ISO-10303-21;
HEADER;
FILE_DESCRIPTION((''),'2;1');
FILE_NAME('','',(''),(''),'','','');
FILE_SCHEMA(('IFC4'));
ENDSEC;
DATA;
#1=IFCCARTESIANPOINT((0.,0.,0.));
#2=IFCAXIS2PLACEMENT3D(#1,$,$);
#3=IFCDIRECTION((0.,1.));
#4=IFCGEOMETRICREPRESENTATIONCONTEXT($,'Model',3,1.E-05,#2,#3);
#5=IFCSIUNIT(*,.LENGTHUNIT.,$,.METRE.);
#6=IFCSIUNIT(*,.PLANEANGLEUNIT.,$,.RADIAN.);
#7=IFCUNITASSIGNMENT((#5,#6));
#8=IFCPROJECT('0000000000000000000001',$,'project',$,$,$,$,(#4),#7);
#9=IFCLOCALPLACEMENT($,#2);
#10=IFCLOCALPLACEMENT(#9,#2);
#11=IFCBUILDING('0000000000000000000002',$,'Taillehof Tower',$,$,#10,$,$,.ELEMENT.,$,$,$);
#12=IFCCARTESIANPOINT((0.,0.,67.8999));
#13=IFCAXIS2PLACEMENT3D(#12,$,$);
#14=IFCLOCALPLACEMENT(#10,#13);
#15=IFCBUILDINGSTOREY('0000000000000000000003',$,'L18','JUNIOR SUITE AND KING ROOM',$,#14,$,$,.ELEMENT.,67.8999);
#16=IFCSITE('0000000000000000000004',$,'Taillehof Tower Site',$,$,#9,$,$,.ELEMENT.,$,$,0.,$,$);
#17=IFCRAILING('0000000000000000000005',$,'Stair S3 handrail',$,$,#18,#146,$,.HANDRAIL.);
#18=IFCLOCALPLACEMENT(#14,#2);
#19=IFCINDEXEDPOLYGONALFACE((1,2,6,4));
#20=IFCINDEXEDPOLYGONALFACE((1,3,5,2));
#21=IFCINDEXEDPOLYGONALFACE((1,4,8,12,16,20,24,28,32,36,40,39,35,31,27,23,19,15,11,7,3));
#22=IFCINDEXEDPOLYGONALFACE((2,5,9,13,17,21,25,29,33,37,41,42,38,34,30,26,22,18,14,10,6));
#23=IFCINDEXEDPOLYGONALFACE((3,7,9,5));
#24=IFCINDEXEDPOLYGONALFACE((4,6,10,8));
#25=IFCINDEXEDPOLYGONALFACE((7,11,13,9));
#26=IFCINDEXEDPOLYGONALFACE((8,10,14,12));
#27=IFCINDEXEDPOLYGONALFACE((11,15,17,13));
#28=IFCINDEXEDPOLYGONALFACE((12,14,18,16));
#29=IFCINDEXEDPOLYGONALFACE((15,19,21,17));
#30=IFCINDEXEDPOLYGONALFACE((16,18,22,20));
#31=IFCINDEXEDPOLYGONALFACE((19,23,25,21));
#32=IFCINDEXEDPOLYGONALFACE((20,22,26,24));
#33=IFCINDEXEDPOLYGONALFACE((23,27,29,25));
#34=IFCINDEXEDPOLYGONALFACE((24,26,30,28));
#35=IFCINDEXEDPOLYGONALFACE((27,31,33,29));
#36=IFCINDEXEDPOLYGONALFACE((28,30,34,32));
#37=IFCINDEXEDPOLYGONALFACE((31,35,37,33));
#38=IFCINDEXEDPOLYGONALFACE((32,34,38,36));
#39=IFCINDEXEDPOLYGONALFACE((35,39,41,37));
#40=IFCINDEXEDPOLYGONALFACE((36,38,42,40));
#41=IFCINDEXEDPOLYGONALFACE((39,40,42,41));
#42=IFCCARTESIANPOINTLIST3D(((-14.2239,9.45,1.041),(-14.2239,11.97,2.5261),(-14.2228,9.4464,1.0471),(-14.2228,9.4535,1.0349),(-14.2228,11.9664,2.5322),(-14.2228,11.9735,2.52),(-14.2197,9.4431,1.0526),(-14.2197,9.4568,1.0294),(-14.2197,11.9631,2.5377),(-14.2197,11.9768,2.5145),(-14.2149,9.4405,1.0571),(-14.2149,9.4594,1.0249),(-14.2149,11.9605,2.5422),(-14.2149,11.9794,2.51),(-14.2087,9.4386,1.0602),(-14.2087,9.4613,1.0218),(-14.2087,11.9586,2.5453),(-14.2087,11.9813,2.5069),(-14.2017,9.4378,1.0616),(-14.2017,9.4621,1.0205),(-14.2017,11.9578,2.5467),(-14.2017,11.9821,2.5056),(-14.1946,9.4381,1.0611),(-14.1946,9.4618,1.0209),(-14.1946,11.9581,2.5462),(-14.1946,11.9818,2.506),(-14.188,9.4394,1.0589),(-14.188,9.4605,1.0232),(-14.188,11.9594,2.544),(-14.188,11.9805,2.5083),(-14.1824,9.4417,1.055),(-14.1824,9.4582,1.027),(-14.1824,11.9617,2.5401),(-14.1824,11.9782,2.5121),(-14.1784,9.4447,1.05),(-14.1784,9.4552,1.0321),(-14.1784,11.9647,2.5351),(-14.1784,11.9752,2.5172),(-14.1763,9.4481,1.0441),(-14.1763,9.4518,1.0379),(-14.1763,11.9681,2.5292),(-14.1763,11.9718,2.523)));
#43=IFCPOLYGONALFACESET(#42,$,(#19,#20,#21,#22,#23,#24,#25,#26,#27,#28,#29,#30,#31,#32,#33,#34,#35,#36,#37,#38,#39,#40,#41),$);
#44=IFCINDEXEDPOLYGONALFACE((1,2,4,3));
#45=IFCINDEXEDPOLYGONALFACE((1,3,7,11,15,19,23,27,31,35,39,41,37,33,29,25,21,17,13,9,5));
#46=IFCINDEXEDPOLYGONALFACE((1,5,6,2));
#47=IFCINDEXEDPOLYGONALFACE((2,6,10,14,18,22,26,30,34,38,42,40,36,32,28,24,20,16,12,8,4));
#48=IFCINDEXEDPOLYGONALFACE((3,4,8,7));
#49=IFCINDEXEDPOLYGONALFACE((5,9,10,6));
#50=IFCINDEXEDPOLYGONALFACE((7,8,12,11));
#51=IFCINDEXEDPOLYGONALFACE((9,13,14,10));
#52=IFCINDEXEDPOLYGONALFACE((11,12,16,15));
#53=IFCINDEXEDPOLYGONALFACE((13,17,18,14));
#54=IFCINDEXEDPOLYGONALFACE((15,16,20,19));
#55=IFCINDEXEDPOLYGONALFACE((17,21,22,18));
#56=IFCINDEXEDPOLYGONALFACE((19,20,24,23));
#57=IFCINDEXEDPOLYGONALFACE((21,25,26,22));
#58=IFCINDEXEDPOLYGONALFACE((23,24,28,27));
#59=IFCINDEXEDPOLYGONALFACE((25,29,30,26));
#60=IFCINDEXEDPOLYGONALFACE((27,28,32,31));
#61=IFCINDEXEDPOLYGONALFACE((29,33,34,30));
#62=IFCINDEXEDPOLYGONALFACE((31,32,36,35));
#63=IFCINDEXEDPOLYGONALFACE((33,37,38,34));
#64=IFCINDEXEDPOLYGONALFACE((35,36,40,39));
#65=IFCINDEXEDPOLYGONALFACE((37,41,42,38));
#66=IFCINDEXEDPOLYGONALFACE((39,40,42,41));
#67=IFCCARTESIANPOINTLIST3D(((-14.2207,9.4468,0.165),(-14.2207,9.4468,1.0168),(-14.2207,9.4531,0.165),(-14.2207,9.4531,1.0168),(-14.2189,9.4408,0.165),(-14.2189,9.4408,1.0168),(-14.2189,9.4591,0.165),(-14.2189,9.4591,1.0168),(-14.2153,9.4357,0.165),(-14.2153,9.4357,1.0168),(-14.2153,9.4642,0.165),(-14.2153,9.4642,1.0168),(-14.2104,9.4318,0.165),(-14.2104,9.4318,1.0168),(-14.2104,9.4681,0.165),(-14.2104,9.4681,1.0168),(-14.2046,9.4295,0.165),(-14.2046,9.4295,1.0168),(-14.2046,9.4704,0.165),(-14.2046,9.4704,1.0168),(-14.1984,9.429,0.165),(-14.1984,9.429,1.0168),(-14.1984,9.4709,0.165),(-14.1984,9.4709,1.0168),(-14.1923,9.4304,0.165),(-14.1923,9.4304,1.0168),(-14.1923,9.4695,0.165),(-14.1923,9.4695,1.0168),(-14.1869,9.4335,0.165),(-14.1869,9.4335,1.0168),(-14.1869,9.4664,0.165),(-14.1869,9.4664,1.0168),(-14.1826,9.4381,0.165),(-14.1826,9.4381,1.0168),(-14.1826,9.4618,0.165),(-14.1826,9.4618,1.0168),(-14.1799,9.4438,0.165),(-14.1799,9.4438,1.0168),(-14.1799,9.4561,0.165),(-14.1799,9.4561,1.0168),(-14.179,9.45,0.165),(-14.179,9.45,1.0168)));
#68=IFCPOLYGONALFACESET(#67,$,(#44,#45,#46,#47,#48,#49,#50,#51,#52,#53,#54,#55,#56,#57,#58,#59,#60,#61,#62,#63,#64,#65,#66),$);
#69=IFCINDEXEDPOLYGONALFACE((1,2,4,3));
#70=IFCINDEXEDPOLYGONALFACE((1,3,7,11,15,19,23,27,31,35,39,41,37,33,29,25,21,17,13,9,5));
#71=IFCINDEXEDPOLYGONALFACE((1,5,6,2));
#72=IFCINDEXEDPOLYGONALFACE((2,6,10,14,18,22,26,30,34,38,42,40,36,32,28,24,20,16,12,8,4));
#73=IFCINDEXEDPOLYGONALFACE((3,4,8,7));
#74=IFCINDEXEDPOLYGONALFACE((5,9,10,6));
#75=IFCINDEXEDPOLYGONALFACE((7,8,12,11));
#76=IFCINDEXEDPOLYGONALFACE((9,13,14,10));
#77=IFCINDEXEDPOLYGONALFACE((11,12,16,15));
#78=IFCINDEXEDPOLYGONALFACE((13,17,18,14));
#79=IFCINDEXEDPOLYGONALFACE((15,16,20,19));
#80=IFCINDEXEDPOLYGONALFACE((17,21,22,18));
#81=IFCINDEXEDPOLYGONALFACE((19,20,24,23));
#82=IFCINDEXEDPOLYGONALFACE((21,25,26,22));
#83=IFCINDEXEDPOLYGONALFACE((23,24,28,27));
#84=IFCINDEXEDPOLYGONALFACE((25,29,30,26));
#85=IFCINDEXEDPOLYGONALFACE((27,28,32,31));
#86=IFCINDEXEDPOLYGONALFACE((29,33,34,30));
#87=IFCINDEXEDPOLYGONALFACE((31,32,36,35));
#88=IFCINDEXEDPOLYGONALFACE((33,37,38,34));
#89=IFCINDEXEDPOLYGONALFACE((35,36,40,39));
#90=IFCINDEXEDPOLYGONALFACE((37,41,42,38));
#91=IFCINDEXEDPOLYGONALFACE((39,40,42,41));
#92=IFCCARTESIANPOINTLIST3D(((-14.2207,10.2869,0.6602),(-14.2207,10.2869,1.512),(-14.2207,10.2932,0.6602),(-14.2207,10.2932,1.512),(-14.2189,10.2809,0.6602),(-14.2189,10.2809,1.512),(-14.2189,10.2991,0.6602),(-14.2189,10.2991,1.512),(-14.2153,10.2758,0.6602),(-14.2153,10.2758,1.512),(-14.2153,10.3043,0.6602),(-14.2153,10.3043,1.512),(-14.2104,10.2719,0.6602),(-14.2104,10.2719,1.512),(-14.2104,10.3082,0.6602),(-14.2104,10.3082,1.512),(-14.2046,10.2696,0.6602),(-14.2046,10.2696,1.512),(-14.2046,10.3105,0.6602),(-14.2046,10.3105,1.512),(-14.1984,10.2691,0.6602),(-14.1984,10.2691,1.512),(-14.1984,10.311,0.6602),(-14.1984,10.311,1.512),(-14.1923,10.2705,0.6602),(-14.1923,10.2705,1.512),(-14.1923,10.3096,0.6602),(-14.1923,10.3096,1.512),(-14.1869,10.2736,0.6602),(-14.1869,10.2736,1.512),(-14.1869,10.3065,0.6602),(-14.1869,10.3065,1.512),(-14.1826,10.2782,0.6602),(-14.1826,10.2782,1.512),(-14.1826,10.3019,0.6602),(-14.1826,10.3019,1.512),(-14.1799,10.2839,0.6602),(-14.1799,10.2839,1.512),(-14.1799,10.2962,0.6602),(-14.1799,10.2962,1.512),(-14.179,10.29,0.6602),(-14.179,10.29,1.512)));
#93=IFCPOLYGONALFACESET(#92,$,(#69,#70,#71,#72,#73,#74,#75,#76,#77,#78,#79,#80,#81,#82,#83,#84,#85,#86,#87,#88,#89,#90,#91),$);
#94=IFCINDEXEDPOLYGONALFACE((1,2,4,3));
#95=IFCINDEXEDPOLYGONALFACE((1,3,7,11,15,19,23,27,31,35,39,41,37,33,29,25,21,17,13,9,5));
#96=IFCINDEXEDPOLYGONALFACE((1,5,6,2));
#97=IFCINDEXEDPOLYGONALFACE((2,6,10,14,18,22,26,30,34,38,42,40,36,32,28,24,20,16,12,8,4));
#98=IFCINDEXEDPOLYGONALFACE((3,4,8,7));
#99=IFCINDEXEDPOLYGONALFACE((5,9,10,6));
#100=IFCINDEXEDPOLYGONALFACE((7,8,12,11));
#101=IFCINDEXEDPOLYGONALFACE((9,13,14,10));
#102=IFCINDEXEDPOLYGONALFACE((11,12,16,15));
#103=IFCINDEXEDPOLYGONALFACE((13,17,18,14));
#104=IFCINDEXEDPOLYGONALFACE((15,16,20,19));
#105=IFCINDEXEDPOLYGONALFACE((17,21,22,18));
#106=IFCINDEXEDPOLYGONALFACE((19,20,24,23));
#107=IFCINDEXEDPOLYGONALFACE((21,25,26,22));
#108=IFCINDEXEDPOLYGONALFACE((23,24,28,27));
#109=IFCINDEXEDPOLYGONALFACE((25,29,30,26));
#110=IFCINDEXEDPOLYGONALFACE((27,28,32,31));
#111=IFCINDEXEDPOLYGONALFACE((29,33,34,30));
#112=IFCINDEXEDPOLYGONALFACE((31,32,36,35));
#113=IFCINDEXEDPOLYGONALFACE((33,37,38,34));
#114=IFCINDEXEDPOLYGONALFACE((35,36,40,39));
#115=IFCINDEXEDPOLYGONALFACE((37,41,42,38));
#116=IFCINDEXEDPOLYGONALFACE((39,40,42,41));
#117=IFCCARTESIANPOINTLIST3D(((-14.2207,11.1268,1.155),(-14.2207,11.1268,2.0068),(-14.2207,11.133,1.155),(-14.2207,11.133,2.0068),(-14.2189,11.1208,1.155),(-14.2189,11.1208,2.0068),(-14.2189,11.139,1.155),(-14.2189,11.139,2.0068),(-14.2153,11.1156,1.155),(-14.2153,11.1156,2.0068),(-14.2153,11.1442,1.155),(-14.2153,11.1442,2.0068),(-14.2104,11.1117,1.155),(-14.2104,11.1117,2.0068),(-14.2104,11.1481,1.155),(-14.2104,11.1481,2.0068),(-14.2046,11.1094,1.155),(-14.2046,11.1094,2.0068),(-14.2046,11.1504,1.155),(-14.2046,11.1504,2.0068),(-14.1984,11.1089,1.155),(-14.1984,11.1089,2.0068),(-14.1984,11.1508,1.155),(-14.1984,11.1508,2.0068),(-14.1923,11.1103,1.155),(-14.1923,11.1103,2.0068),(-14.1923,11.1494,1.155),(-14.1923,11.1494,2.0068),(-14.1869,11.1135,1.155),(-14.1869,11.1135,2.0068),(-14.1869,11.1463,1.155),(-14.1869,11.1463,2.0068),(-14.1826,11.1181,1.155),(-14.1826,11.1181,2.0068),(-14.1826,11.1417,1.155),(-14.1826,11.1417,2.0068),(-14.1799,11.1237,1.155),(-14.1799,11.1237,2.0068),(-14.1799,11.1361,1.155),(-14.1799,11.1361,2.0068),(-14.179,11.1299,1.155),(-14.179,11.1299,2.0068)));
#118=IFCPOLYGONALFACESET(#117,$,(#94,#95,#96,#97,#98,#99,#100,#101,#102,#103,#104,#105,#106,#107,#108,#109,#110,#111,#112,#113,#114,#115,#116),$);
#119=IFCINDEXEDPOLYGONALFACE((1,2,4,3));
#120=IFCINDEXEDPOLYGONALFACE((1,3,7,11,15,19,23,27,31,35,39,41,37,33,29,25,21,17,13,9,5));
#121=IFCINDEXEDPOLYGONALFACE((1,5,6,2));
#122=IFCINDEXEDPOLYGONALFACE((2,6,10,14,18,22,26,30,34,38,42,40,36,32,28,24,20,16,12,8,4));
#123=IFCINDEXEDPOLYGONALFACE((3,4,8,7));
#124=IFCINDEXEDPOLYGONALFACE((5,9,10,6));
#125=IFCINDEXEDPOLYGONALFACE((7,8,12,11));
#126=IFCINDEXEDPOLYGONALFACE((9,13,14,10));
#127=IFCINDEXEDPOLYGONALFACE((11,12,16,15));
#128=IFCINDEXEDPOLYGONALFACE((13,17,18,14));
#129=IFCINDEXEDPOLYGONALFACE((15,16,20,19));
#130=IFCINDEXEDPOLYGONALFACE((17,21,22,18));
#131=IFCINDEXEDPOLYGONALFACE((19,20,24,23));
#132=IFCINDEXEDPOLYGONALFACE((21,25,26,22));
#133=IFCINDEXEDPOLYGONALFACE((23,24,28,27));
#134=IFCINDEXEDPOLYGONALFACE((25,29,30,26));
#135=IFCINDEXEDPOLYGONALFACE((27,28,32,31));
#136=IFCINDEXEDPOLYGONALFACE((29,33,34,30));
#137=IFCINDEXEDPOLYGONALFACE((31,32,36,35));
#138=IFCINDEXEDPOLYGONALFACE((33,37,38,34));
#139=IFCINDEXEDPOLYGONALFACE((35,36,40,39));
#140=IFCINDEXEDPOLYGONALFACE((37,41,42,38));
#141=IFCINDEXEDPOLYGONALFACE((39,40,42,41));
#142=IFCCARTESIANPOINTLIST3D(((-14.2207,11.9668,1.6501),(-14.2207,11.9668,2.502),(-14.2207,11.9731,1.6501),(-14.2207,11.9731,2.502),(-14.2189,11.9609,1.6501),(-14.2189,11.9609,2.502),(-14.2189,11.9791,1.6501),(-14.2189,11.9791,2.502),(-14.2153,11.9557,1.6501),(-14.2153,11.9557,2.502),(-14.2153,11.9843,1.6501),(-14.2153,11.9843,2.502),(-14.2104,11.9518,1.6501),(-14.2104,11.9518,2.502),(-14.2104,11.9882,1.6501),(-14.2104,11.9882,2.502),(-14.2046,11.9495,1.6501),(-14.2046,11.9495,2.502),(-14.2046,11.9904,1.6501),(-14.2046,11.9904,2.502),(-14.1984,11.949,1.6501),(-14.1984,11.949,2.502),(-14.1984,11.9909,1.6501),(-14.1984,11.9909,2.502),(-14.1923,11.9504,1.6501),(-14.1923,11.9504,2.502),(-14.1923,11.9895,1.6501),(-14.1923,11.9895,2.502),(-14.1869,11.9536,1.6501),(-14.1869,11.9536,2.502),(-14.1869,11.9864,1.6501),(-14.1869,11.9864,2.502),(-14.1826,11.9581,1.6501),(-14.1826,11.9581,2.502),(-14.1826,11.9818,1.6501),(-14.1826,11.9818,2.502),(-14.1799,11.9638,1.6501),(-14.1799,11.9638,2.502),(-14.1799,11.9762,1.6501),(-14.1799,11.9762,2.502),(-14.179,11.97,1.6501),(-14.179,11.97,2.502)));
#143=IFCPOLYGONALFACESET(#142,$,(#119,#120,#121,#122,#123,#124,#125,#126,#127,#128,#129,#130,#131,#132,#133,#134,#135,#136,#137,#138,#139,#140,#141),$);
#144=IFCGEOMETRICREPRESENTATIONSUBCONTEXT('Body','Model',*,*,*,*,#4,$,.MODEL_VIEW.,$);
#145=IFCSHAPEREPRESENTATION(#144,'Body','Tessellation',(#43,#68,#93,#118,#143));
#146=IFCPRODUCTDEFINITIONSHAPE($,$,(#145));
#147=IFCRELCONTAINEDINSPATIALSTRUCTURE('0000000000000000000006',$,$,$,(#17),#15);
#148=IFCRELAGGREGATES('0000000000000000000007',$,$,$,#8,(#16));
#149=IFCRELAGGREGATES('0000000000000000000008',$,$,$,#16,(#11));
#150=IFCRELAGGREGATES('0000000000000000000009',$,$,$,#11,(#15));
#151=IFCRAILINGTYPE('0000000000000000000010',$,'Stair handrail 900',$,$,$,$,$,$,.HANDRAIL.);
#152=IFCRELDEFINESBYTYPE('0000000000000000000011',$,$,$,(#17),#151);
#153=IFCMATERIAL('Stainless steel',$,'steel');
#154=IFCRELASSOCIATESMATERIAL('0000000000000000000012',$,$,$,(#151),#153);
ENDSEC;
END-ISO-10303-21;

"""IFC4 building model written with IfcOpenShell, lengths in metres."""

from ifc_helpers import new_model, si_unit, direction, frame, origin, origin_2d, place, context, subcontext, project, spatial, circle, extrude, material, type_object, element, save


model = new_model("IFC4")

# Units and contexts
model_context = context("Model", 3, precision=1e-05, world=origin(), true_north=direction((0.0, 1.0)))
body_context = subcontext(model_context, "Body", "Model", "MODEL_VIEW")
ifc_project = project(units=[si_unit("LENGTHUNIT", "METRE"), si_unit("PLANEANGLEUNIT", "RADIAN")], contexts=[model_context])

# Site, building, storey
site_placement = place(None, origin())
site = spatial("IfcSite", under=ifc_project, at=site_placement, Name="Taillehof Tower Site", CompositionType="ELEMENT", RefElevation=0.0)
building_placement = place(site_placement, origin())
building = spatial("IfcBuilding", under=site, at=building_placement, Name="Taillehof Tower", CompositionType="ELEMENT")
storey_placement = place(building_placement, frame((0.0, 0.0, 67.8999)))
storey = spatial("IfcBuildingStorey", under=building, at=storey_placement, Name="L18", Description="JUNIOR SUITE AND KING ROOM", CompositionType="ELEMENT", Elevation=67.8999)

# Railing
ifc_material_1 = material(Name="Stainless steel", Category="steel")
railing_type = type_object("IfcRailingType", Name="Stair handrail 900", PredefinedType="HANDRAIL", material=ifc_material_1)
railing_1_placement = place(storey_placement, frame((-14.2, 9.45, 0.165)))
element("IfcRailing", 1, at=railing_1_placement, inside=storey, type_object=railing_type, Name="Stair S3 handrail", PredefinedType="HANDRAIL", context=body_context, shape_type="SweptSolid", body=[
    extrude(circle(Radius=0.0239, at=origin_2d()), frame((0.0, 0.0, 0.876), z_axis=(0.0, 0.861524, 0.507717), x_axis=(-1.0, 0.0, 0.0)), (0.0, 0.0, 1.0), 2.925),
    extrude(circle(Radius=0.021, at=origin_2d()), origin(), (0.0, 0.0, 1.0), 0.8518),
    extrude(circle(Radius=0.021, at=origin_2d()), frame((0.0, 0.8401, 0.4951)), (0.0, 0.0, 1.0), 0.8518),
    extrude(circle(Radius=0.021, at=origin_2d()), frame((0.0, 1.6799, 0.99)), (0.0, 0.0, 1.0), 0.8518),
    extrude(circle(Radius=0.021, at=origin_2d()), frame((0.0, 2.52, 1.4851)), (0.0, 0.0, 1.0), 0.8518),
])

save(model, "model.ifc")
